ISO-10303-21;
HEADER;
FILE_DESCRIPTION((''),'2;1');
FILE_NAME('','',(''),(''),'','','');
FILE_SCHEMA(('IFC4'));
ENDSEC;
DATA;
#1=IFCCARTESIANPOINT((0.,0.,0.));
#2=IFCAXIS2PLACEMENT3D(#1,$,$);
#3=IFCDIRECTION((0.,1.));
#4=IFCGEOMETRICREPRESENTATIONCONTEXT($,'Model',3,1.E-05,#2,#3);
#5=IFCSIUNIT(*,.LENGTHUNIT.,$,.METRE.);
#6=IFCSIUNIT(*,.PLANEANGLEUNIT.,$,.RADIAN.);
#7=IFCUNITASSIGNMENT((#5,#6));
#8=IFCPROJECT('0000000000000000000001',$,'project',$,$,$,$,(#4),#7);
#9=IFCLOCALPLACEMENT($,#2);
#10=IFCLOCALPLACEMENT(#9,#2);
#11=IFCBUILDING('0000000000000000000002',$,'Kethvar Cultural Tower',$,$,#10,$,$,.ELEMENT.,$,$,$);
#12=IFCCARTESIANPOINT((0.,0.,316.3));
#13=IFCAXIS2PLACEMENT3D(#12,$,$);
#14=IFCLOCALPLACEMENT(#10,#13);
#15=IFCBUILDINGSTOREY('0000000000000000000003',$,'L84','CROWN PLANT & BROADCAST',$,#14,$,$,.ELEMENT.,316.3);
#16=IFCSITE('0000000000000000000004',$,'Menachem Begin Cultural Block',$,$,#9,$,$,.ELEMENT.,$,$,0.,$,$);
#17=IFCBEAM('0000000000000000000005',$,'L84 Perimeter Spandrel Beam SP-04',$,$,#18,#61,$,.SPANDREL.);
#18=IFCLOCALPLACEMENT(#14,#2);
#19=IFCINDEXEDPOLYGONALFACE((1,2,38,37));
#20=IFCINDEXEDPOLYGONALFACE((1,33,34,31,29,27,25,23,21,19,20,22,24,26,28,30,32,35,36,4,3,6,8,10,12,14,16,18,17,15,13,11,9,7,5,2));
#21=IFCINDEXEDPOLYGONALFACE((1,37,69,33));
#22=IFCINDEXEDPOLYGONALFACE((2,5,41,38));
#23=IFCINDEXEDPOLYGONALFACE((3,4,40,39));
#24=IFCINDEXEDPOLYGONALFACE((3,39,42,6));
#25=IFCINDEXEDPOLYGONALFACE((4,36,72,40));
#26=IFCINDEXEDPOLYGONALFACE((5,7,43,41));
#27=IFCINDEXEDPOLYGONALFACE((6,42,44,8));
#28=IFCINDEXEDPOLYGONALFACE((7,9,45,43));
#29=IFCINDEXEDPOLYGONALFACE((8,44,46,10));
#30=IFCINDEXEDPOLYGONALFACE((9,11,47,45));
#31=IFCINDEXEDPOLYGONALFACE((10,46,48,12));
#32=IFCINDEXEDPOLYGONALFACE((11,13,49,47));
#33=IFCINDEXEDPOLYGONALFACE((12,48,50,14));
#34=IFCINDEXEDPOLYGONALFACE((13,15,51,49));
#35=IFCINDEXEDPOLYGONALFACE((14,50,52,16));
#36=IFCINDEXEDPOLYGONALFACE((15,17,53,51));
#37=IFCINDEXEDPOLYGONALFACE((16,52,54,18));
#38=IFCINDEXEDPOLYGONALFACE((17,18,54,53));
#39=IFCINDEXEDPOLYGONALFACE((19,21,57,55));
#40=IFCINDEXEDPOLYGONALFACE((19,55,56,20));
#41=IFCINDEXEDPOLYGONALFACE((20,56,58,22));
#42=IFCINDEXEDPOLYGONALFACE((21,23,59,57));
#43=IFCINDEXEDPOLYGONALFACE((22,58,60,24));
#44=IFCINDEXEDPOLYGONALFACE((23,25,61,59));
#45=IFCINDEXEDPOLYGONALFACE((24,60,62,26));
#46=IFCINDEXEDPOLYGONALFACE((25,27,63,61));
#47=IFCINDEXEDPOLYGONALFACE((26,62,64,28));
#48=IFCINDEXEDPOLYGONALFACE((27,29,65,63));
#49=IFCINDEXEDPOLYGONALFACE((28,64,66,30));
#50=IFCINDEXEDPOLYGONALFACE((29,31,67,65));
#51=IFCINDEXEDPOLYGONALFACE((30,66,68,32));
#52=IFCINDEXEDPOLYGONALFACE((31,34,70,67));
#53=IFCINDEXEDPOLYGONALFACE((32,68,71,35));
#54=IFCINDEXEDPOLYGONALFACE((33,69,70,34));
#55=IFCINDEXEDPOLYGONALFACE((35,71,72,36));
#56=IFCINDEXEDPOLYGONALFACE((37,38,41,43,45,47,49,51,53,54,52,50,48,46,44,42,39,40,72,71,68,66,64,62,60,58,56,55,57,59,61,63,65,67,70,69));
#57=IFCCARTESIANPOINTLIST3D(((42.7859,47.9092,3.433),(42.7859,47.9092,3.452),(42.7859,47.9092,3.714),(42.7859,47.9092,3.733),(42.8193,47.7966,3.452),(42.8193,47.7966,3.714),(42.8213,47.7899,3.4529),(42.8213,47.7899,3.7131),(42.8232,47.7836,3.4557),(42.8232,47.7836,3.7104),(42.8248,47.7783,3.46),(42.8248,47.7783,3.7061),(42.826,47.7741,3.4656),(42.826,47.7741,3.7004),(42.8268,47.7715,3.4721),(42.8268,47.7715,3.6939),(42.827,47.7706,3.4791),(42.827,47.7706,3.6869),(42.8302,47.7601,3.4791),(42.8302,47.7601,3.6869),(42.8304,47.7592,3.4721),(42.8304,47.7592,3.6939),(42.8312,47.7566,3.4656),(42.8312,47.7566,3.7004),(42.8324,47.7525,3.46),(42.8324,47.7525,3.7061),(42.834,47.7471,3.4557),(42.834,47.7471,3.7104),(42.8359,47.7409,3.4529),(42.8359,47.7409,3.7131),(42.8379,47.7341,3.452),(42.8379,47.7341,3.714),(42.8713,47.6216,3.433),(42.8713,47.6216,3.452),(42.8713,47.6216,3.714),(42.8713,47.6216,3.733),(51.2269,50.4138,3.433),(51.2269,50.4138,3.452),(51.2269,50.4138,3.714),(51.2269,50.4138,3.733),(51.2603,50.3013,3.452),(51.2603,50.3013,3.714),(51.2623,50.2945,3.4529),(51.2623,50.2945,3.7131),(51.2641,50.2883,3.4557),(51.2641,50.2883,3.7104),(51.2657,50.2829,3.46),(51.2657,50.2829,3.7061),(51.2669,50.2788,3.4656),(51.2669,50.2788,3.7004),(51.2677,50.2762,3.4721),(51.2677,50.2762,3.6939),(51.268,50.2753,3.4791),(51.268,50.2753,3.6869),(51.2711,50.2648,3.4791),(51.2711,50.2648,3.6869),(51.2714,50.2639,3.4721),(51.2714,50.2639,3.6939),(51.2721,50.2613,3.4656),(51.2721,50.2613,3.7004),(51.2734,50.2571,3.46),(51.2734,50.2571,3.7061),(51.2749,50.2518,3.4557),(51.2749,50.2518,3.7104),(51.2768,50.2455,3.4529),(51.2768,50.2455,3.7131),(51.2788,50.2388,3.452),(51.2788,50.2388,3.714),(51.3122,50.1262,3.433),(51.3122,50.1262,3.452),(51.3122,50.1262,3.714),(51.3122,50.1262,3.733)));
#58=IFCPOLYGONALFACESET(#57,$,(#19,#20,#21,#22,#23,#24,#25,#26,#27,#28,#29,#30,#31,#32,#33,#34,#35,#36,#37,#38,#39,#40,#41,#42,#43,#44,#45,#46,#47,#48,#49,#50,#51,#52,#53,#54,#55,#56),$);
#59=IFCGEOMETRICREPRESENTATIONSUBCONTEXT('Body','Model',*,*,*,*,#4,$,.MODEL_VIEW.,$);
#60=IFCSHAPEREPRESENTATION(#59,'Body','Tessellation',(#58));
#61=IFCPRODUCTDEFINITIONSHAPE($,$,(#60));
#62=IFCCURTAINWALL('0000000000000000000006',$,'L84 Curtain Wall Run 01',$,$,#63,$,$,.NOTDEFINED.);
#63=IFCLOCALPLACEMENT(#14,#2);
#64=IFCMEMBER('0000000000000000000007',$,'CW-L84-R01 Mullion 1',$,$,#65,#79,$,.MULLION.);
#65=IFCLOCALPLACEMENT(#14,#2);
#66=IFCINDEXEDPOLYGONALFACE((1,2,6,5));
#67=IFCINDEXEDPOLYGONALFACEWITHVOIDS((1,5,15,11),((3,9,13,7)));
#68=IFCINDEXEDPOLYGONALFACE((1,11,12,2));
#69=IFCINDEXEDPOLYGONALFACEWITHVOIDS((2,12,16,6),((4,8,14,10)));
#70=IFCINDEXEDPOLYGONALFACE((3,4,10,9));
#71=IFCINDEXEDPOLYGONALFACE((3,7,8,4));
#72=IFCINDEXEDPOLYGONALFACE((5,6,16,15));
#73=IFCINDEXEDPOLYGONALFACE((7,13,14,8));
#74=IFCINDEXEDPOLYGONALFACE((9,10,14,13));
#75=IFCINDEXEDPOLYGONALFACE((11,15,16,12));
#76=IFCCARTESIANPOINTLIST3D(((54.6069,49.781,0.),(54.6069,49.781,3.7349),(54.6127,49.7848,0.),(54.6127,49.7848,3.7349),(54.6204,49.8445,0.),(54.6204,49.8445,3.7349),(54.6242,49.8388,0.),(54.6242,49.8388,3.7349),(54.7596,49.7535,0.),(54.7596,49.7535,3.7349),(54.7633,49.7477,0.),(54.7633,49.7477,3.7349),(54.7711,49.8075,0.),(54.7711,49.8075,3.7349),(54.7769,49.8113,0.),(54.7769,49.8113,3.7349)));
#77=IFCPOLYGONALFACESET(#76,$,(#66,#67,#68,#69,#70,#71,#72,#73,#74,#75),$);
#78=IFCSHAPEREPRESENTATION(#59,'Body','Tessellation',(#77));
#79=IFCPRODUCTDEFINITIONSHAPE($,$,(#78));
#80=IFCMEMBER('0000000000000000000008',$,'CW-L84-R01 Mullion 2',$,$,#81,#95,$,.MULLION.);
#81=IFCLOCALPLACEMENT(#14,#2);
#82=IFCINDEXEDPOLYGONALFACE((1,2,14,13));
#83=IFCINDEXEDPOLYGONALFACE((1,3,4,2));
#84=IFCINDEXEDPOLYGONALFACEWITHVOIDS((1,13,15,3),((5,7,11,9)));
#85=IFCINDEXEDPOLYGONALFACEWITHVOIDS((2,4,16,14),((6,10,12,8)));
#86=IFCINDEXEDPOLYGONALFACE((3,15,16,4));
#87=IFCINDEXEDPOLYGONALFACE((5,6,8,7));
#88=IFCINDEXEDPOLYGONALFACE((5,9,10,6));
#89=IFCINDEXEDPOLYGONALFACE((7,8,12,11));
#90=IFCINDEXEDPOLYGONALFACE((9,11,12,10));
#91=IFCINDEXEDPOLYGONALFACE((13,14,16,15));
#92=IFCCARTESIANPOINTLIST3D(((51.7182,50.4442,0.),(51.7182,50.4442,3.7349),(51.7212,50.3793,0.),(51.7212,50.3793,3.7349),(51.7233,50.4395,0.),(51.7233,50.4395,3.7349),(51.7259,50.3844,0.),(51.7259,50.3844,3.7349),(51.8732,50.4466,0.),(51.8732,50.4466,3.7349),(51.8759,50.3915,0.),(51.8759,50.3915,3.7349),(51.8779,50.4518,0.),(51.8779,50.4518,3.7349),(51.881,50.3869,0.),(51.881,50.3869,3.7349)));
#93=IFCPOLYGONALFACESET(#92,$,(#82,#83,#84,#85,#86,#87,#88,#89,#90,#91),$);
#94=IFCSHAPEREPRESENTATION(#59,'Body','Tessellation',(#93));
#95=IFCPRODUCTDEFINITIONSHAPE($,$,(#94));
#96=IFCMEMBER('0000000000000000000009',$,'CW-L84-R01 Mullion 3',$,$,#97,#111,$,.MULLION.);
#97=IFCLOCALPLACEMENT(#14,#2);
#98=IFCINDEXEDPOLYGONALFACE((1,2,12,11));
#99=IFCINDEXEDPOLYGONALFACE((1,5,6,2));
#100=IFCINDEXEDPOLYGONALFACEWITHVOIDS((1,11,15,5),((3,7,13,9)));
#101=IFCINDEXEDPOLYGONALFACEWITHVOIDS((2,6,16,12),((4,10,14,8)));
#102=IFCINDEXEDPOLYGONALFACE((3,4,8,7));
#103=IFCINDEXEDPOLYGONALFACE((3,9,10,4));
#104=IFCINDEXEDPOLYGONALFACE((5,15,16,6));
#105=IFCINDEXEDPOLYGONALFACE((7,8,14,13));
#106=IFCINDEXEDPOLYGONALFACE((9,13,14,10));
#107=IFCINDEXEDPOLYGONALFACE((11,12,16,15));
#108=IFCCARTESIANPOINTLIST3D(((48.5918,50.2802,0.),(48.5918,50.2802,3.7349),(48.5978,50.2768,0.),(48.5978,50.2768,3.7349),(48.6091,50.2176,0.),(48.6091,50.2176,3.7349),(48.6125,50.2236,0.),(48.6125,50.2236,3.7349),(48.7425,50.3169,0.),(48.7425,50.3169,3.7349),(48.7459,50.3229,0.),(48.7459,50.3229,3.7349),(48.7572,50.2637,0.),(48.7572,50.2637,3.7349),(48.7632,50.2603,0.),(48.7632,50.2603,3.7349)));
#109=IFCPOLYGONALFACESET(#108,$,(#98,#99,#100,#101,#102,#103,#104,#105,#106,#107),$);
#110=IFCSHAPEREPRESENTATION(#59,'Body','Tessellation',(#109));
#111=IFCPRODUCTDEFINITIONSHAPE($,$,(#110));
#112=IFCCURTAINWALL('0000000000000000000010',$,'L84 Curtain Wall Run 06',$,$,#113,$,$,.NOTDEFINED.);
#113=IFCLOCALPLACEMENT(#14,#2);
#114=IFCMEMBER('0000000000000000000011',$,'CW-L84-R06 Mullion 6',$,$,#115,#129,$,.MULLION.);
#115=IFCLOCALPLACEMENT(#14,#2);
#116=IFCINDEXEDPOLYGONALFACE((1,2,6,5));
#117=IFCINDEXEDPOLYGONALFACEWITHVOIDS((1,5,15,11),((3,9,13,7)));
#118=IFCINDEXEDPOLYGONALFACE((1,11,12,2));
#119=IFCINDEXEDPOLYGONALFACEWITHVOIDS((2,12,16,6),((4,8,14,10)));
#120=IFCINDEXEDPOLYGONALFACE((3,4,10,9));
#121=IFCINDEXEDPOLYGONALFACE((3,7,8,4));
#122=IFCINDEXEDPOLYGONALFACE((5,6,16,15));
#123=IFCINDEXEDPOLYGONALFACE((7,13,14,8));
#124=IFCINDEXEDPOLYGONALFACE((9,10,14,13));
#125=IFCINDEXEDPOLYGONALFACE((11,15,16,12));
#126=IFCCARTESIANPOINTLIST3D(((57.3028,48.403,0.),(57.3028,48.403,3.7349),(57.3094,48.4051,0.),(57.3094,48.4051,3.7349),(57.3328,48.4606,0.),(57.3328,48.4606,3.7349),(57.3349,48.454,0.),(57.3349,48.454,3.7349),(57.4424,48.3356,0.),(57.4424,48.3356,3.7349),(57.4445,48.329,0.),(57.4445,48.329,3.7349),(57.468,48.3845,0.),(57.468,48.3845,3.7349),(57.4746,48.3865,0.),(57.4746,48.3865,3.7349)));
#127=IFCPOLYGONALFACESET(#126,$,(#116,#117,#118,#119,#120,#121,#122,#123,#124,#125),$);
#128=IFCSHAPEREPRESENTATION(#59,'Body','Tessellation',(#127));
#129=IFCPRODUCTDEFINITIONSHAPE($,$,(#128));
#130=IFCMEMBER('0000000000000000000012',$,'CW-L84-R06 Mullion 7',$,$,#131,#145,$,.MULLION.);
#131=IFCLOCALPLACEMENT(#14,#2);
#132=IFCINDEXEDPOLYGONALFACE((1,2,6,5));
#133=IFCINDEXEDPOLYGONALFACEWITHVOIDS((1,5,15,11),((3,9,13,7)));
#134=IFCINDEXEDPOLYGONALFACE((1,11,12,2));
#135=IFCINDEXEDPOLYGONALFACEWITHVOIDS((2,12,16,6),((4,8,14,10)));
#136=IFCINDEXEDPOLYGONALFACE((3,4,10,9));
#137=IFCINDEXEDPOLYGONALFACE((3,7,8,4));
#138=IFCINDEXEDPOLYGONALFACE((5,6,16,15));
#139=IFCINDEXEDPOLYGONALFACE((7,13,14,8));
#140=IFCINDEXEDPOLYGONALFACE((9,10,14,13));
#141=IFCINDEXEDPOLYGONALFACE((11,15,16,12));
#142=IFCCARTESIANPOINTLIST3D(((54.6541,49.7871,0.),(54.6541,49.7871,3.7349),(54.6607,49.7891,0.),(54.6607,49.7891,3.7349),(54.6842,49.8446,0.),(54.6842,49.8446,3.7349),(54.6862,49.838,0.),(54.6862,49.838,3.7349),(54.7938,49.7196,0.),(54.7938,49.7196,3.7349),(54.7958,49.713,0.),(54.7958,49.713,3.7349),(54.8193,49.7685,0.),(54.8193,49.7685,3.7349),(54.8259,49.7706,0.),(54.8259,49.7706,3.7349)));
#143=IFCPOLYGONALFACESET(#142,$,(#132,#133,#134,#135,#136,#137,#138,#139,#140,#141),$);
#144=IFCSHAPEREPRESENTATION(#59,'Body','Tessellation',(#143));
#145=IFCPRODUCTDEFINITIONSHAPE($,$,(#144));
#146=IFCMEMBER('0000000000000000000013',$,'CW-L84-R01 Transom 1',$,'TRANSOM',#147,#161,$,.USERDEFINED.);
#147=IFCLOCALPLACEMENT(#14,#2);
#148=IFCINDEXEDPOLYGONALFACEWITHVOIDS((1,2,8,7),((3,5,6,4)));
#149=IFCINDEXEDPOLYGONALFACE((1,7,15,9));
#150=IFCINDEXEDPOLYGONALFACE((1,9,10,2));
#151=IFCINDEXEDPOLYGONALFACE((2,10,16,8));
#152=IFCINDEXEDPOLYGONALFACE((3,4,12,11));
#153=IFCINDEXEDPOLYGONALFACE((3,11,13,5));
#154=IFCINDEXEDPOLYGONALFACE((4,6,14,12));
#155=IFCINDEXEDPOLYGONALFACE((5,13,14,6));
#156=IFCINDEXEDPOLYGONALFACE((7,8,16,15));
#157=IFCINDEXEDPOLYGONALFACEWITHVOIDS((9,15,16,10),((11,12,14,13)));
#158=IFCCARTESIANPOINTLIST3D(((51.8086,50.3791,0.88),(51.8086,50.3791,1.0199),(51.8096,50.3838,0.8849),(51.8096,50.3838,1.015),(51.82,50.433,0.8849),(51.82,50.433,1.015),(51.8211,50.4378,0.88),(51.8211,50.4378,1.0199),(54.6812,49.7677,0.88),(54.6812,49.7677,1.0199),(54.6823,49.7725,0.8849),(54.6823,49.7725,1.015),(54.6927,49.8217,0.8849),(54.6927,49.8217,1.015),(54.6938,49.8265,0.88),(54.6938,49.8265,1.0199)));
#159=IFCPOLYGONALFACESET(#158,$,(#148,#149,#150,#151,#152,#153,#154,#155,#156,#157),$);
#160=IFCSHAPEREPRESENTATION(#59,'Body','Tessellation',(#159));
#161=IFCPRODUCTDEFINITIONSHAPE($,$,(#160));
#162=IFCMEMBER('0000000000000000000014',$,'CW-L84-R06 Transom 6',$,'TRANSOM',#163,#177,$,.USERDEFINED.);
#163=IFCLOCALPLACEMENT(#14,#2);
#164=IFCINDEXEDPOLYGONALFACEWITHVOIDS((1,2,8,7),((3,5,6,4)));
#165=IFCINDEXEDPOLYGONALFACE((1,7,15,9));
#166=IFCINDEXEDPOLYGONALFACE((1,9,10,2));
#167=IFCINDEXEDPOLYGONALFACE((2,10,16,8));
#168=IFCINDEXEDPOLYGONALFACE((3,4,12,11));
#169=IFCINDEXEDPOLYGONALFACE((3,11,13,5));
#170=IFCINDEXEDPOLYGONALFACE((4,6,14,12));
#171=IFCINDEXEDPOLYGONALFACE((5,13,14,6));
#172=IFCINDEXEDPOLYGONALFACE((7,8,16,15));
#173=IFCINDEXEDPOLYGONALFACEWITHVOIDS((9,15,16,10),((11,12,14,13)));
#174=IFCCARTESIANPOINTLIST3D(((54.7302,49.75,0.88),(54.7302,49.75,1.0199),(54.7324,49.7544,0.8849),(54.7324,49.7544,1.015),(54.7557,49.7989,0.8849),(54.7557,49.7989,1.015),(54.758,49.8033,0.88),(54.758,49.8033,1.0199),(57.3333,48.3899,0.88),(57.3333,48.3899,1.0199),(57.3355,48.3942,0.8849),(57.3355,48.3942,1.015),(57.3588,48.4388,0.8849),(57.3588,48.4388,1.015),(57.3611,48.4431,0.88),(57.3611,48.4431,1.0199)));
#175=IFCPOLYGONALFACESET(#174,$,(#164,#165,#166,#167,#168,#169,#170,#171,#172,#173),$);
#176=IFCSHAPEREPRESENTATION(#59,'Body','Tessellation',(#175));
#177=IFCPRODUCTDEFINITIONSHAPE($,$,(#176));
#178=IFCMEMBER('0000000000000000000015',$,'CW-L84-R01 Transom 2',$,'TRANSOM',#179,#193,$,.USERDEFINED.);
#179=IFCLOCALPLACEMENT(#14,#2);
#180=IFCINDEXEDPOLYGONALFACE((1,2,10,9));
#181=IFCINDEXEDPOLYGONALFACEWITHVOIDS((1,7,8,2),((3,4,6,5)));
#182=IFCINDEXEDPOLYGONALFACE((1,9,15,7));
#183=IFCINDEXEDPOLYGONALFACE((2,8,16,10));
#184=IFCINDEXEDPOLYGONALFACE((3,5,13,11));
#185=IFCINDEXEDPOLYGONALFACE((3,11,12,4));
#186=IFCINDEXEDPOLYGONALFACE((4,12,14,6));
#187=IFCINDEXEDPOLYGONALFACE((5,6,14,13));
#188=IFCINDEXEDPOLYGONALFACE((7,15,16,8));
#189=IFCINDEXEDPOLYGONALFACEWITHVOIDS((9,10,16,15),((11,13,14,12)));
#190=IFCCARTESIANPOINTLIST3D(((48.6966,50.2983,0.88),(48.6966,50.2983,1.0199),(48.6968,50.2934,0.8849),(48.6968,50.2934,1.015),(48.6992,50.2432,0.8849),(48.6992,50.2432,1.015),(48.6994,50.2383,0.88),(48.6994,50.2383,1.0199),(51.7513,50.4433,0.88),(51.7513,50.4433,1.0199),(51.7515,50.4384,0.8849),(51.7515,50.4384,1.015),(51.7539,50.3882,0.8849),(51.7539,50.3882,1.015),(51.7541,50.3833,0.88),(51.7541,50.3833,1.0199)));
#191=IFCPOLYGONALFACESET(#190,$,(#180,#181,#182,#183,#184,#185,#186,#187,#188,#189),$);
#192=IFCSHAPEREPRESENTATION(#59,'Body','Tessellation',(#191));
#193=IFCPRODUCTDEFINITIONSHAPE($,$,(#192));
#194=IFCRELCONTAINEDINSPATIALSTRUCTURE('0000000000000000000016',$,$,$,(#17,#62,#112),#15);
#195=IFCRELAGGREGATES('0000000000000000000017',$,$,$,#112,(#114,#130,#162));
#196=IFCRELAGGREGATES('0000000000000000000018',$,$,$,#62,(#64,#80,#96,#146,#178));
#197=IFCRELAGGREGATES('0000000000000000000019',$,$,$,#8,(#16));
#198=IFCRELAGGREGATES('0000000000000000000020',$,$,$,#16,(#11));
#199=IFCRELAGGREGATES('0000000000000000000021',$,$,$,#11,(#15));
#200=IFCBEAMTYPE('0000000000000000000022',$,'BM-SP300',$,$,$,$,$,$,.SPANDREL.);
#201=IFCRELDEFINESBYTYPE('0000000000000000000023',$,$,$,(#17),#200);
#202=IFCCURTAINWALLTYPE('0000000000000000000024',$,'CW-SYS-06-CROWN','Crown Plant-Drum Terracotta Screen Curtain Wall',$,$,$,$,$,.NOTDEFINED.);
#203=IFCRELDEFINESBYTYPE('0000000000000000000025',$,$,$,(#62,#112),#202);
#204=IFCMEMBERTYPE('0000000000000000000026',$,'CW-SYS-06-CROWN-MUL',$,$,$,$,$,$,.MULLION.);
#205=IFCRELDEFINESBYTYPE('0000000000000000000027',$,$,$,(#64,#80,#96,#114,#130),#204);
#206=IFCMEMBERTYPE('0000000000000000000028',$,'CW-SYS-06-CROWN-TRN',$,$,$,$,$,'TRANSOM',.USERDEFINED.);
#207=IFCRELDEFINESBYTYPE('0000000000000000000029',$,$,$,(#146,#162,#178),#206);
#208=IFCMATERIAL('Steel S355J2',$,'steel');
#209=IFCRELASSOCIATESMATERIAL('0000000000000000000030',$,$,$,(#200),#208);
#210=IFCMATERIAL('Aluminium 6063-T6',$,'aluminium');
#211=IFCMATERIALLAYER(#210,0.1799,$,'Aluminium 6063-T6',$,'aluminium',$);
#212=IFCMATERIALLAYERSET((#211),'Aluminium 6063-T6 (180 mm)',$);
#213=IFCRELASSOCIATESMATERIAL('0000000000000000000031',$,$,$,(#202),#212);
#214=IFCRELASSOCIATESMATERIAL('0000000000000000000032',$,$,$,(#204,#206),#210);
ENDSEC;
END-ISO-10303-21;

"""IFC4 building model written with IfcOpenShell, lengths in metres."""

from ifc_helpers import new_model, si_unit, direction, frame, origin, origin_2d, place, context, subcontext, project, spatial, hollow_rectangle, i_section, extrude, source, transform, mapped, material, layer, layer_set, material_profile, profile_set, type_object, element, aggregate, save


model = new_model("IFC4")

# Units and contexts
model_context = context("Model", 3, precision=1e-05, world=origin(), true_north=direction((0.0, 1.0)))
body_context = subcontext(model_context, "Body", "Model", "MODEL_VIEW")
ifc_project = project(units=[si_unit("LENGTHUNIT", "METRE"), si_unit("PLANEANGLEUNIT", "RADIAN")], contexts=[model_context])

# Site, building, storey
site_placement = place(None, origin())
site = spatial("IfcSite", under=ifc_project, at=site_placement, Name="Menachem Begin Cultural Block", CompositionType="ELEMENT", RefElevation=0.0)
building_placement = place(site_placement, origin())
building = spatial("IfcBuilding", under=site, at=building_placement, Name="Kethvar Cultural Tower", CompositionType="ELEMENT")
storey_placement = place(building_placement, frame((0.0, 0.0, 316.3)))
storey = spatial("IfcBuildingStorey", under=building, at=storey_placement, Name="L84", Description="CROWN PLANT & BROADCAST", CompositionType="ELEMENT", Elevation=316.3)

# Shared definitions
ifc_material_1 = material(Name="Steel S355J2", Category="steel")

# Beam
ifc_material_profile_1 = material_profile(ifc_material_1, i_section(OverallWidth=0.3, OverallDepth=0.3, WebThickness=0.011, FlangeThickness=0.019, FilletRadius=0.0271, at=origin_2d()), Name="Steel S355J2 — HEB300")
ifc_profile_set_1 = profile_set([ifc_material_profile_1], Name="Steel S355J2 — HEB300")
beam_type_1 = type_object("IfcBeamType", Name="BM-SP300", PredefinedType="SPANDREL", material=ifc_profile_set_1)
shared_shape_1 = source(origin(), body_context, "Body", "SweptSolid", [
    extrude(i_section(OverallWidth=0.3, OverallDepth=0.3, WebThickness=0.011, FlangeThickness=0.019, FilletRadius=0.0271, at=origin_2d()), origin(), (0.0, 0.0, 1.0), 8.8047),
])
beam_1_placement = place(storey_placement, frame((51.2695, 50.27, 3.583), z_axis=(-0.958686, -0.284467, 0.0), x_axis=(0.284467, -0.958686, 0.0)))
element("IfcBeam", 1, at=beam_1_placement, inside=storey, type_object=beam_type_1, Name="L84 Perimeter Spandrel Beam SP-04", PredefinedType="SPANDREL", context=body_context, shape_type="MappedRepresentation", body=[
    mapped(shared_shape_1, transform((0.0, 0.0, 0.0), scale=1.0)),
])

# Curtain walls, members
ifc_material_2 = material(Name="Aluminium 6063-T6", Category="aluminium")
ifc_layer_1 = layer(ifc_material_2, 0.1799, Name="Aluminium 6063-T6", Category="aluminium")
ifc_layer_set_1 = layer_set([ifc_layer_1], Name="Aluminium 6063-T6 (180 mm)")
curtain_wall_type = type_object("IfcCurtainWallType", Name="CW-SYS-06-CROWN", Description="Crown Plant-Drum Terracotta Screen Curtain Wall", PredefinedType="NOTDEFINED", material=ifc_layer_set_1)
curtain_wall_1_placement = place(storey_placement, origin())
curtain_wall_1 = element("IfcCurtainWall", 2, at=curtain_wall_1_placement, inside=storey, type_object=curtain_wall_type, Name="L84 Curtain Wall Run 01", PredefinedType="NOTDEFINED")
ifc_material_profile_2 = material_profile(ifc_material_2, hollow_rectangle(XDim=0.0649, YDim=0.1599, WallThickness=0.0049, at=origin_2d()), Name="Aluminium 6063-T6 — RHS160x65x5")
ifc_profile_set_2 = profile_set([ifc_material_profile_2], Name="Aluminium 6063-T6 — RHS160x65x5")
member_type_1 = type_object("IfcMemberType", Name="CW-SYS-06-CROWN-MUL", PredefinedType="MULLION", material=ifc_profile_set_2)
shared_shape_2 = source(origin(), body_context, "Body", "SweptSolid", [
    extrude(hollow_rectangle(XDim=0.0649, YDim=0.1599, WallThickness=0.0049, at=origin_2d()), origin(), (0.0, 0.0, 1.0), 3.7349),
])
member_1_placement = place(storey_placement, frame((54.6919, 49.7961, 0.0), z_axis=(0.0, 0.0, 1.0), x_axis=(-0.208134, -0.9781, 0.0)))
member_1 = element("IfcMember", 3, at=member_1_placement, type_object=member_type_1, Name="CW-L84-R01 Mullion 1", PredefinedType="MULLION", context=body_context, shape_type="MappedRepresentation", body=[
    mapped(shared_shape_2, transform((0.0, 0.0, 0.0), scale=1.0)),
])
member_2_placement = place(storey_placement, frame((51.7996, 50.4155, 0.0), z_axis=(0.0, 0.0, 1.0), x_axis=(0.047473, -0.998873, 0.0)))
member_2 = element("IfcMember", 4, at=member_2_placement, type_object=member_type_1, Name="CW-L84-R01 Mullion 2", PredefinedType="MULLION", context=body_context, shape_type="MappedRepresentation", body=[
    mapped(shared_shape_2, transform((0.0, 0.0, 0.0), scale=1.0)),
])
member_3_placement = place(storey_placement, frame((48.6775, 50.2703, 0.0), z_axis=(0.0, 0.0, 1.0), x_axis=(0.266986, -0.9637, 0.0)))
member_3 = element("IfcMember", 5, at=member_3_placement, type_object=member_type_1, Name="CW-L84-R01 Mullion 3", PredefinedType="MULLION", context=body_context, shape_type="MappedRepresentation", body=[
    mapped(shared_shape_2, transform((0.0, 0.0, 0.0), scale=1.0)),
])
curtain_wall_2_placement = place(storey_placement, origin())
curtain_wall_2 = element("IfcCurtainWall", 6, at=curtain_wall_2_placement, inside=storey, type_object=curtain_wall_type, Name="L84 Curtain Wall Run 06", PredefinedType="NOTDEFINED")
member_4_placement = place(storey_placement, frame((57.3887, 48.3948, 0.0), z_axis=(0.0, 0.0, 1.0), x_axis=(-0.463095, -0.886309, 0.0)))
member_4 = element("IfcMember", 7, at=member_4_placement, type_object=member_type_1, Name="CW-L84-R06 Mullion 6", PredefinedType="MULLION", context=body_context, shape_type="MappedRepresentation", body=[
    mapped(shared_shape_2, transform((0.0, 0.0, 0.0), scale=1.0)),
])
member_5_placement = place(storey_placement, frame((54.74, 49.7788, 0.0), z_axis=(0.0, 0.0, 1.0), x_axis=(-0.463095, -0.886309, 0.0)))
member_5 = element("IfcMember", 8, at=member_5_placement, type_object=member_type_1, Name="CW-L84-R06 Mullion 7", PredefinedType="MULLION", context=body_context, shape_type="MappedRepresentation", body=[
    mapped(shared_shape_2, transform((0.0, 0.0, 0.0), scale=1.0)),
])

# Members
ifc_material_profile_3 = material_profile(ifc_material_2, hollow_rectangle(XDim=0.0601, YDim=0.1399, WallThickness=0.0049, at=origin_2d()), Name="Aluminium 6063-T6 — RHS140x60x5")
ifc_profile_set_3 = profile_set([ifc_material_profile_3], Name="Aluminium 6063-T6 — RHS140x60x5")
member_type_2 = type_object("IfcMemberType", Name="CW-SYS-06-CROWN-TRN", ElementType="TRANSOM", PredefinedType="USERDEFINED", material=ifc_profile_set_3)
shared_shape_3 = source(origin(), body_context, "Body", "SweptSolid", [
    extrude(hollow_rectangle(XDim=0.0601, YDim=0.1399, WallThickness=0.0049, at=origin_2d()), origin(), (0.0, 0.0, 1.0), 2.937),
])
member_6_placement = place(storey_placement, frame((54.6875, 49.7971, 0.95), z_axis=(-0.978099, 0.208138, 0.0), x_axis=(-0.208138, -0.978099, 0.0)))
member_6 = element("IfcMember", 9, at=member_6_placement, type_object=member_type_2, Name="CW-L84-R01 Transom 1", ObjectType="TRANSOM", PredefinedType="USERDEFINED", context=body_context, shape_type="MappedRepresentation", body=[
    mapped(shared_shape_3, transform((0.0, 0.0, 0.0), scale=1.0)),
])
member_7_placement = place(storey_placement, frame((57.3472, 48.4165, 0.95), z_axis=(-0.886305, 0.463103, 0.0), x_axis=(-0.463103, -0.886305, 0.0)))
member_7 = element("IfcMember", 10, at=member_7_placement, type_object=member_type_2, Name="CW-L84-R06 Transom 6", ObjectType="TRANSOM", PredefinedType="USERDEFINED", context=body_context, shape_type="MappedRepresentation", body=[
    mapped(shared_shape_3, transform((0.0, 0.0, 0.0), scale=1.0)),
])
shared_shape_4 = source(origin(), body_context, "Body", "SweptSolid", [
    extrude(hollow_rectangle(XDim=0.0601, YDim=0.1399, WallThickness=0.0049, at=origin_2d()), origin(), (0.0, 0.0, 1.0), 3.0581),
])
member_8_placement = place(storey_placement, frame((51.7527, 50.4133, 0.95), z_axis=(-0.998875, -0.047421, 0.0), x_axis=(0.047421, -0.998875, 0.0)))
member_8 = element("IfcMember", 11, at=member_8_placement, type_object=member_type_2, Name="CW-L84-R01 Transom 2", ObjectType="TRANSOM", PredefinedType="USERDEFINED", context=body_context, shape_type="MappedRepresentation", body=[
    mapped(shared_shape_4, transform((0.0, 0.0, 0.0), scale=1.0)),
])

aggregate(curtain_wall_2, [member_4, member_5, member_7])
aggregate(curtain_wall_1, [member_1, member_2, member_3, member_6, member_8])

save(model, "model.ifc")
